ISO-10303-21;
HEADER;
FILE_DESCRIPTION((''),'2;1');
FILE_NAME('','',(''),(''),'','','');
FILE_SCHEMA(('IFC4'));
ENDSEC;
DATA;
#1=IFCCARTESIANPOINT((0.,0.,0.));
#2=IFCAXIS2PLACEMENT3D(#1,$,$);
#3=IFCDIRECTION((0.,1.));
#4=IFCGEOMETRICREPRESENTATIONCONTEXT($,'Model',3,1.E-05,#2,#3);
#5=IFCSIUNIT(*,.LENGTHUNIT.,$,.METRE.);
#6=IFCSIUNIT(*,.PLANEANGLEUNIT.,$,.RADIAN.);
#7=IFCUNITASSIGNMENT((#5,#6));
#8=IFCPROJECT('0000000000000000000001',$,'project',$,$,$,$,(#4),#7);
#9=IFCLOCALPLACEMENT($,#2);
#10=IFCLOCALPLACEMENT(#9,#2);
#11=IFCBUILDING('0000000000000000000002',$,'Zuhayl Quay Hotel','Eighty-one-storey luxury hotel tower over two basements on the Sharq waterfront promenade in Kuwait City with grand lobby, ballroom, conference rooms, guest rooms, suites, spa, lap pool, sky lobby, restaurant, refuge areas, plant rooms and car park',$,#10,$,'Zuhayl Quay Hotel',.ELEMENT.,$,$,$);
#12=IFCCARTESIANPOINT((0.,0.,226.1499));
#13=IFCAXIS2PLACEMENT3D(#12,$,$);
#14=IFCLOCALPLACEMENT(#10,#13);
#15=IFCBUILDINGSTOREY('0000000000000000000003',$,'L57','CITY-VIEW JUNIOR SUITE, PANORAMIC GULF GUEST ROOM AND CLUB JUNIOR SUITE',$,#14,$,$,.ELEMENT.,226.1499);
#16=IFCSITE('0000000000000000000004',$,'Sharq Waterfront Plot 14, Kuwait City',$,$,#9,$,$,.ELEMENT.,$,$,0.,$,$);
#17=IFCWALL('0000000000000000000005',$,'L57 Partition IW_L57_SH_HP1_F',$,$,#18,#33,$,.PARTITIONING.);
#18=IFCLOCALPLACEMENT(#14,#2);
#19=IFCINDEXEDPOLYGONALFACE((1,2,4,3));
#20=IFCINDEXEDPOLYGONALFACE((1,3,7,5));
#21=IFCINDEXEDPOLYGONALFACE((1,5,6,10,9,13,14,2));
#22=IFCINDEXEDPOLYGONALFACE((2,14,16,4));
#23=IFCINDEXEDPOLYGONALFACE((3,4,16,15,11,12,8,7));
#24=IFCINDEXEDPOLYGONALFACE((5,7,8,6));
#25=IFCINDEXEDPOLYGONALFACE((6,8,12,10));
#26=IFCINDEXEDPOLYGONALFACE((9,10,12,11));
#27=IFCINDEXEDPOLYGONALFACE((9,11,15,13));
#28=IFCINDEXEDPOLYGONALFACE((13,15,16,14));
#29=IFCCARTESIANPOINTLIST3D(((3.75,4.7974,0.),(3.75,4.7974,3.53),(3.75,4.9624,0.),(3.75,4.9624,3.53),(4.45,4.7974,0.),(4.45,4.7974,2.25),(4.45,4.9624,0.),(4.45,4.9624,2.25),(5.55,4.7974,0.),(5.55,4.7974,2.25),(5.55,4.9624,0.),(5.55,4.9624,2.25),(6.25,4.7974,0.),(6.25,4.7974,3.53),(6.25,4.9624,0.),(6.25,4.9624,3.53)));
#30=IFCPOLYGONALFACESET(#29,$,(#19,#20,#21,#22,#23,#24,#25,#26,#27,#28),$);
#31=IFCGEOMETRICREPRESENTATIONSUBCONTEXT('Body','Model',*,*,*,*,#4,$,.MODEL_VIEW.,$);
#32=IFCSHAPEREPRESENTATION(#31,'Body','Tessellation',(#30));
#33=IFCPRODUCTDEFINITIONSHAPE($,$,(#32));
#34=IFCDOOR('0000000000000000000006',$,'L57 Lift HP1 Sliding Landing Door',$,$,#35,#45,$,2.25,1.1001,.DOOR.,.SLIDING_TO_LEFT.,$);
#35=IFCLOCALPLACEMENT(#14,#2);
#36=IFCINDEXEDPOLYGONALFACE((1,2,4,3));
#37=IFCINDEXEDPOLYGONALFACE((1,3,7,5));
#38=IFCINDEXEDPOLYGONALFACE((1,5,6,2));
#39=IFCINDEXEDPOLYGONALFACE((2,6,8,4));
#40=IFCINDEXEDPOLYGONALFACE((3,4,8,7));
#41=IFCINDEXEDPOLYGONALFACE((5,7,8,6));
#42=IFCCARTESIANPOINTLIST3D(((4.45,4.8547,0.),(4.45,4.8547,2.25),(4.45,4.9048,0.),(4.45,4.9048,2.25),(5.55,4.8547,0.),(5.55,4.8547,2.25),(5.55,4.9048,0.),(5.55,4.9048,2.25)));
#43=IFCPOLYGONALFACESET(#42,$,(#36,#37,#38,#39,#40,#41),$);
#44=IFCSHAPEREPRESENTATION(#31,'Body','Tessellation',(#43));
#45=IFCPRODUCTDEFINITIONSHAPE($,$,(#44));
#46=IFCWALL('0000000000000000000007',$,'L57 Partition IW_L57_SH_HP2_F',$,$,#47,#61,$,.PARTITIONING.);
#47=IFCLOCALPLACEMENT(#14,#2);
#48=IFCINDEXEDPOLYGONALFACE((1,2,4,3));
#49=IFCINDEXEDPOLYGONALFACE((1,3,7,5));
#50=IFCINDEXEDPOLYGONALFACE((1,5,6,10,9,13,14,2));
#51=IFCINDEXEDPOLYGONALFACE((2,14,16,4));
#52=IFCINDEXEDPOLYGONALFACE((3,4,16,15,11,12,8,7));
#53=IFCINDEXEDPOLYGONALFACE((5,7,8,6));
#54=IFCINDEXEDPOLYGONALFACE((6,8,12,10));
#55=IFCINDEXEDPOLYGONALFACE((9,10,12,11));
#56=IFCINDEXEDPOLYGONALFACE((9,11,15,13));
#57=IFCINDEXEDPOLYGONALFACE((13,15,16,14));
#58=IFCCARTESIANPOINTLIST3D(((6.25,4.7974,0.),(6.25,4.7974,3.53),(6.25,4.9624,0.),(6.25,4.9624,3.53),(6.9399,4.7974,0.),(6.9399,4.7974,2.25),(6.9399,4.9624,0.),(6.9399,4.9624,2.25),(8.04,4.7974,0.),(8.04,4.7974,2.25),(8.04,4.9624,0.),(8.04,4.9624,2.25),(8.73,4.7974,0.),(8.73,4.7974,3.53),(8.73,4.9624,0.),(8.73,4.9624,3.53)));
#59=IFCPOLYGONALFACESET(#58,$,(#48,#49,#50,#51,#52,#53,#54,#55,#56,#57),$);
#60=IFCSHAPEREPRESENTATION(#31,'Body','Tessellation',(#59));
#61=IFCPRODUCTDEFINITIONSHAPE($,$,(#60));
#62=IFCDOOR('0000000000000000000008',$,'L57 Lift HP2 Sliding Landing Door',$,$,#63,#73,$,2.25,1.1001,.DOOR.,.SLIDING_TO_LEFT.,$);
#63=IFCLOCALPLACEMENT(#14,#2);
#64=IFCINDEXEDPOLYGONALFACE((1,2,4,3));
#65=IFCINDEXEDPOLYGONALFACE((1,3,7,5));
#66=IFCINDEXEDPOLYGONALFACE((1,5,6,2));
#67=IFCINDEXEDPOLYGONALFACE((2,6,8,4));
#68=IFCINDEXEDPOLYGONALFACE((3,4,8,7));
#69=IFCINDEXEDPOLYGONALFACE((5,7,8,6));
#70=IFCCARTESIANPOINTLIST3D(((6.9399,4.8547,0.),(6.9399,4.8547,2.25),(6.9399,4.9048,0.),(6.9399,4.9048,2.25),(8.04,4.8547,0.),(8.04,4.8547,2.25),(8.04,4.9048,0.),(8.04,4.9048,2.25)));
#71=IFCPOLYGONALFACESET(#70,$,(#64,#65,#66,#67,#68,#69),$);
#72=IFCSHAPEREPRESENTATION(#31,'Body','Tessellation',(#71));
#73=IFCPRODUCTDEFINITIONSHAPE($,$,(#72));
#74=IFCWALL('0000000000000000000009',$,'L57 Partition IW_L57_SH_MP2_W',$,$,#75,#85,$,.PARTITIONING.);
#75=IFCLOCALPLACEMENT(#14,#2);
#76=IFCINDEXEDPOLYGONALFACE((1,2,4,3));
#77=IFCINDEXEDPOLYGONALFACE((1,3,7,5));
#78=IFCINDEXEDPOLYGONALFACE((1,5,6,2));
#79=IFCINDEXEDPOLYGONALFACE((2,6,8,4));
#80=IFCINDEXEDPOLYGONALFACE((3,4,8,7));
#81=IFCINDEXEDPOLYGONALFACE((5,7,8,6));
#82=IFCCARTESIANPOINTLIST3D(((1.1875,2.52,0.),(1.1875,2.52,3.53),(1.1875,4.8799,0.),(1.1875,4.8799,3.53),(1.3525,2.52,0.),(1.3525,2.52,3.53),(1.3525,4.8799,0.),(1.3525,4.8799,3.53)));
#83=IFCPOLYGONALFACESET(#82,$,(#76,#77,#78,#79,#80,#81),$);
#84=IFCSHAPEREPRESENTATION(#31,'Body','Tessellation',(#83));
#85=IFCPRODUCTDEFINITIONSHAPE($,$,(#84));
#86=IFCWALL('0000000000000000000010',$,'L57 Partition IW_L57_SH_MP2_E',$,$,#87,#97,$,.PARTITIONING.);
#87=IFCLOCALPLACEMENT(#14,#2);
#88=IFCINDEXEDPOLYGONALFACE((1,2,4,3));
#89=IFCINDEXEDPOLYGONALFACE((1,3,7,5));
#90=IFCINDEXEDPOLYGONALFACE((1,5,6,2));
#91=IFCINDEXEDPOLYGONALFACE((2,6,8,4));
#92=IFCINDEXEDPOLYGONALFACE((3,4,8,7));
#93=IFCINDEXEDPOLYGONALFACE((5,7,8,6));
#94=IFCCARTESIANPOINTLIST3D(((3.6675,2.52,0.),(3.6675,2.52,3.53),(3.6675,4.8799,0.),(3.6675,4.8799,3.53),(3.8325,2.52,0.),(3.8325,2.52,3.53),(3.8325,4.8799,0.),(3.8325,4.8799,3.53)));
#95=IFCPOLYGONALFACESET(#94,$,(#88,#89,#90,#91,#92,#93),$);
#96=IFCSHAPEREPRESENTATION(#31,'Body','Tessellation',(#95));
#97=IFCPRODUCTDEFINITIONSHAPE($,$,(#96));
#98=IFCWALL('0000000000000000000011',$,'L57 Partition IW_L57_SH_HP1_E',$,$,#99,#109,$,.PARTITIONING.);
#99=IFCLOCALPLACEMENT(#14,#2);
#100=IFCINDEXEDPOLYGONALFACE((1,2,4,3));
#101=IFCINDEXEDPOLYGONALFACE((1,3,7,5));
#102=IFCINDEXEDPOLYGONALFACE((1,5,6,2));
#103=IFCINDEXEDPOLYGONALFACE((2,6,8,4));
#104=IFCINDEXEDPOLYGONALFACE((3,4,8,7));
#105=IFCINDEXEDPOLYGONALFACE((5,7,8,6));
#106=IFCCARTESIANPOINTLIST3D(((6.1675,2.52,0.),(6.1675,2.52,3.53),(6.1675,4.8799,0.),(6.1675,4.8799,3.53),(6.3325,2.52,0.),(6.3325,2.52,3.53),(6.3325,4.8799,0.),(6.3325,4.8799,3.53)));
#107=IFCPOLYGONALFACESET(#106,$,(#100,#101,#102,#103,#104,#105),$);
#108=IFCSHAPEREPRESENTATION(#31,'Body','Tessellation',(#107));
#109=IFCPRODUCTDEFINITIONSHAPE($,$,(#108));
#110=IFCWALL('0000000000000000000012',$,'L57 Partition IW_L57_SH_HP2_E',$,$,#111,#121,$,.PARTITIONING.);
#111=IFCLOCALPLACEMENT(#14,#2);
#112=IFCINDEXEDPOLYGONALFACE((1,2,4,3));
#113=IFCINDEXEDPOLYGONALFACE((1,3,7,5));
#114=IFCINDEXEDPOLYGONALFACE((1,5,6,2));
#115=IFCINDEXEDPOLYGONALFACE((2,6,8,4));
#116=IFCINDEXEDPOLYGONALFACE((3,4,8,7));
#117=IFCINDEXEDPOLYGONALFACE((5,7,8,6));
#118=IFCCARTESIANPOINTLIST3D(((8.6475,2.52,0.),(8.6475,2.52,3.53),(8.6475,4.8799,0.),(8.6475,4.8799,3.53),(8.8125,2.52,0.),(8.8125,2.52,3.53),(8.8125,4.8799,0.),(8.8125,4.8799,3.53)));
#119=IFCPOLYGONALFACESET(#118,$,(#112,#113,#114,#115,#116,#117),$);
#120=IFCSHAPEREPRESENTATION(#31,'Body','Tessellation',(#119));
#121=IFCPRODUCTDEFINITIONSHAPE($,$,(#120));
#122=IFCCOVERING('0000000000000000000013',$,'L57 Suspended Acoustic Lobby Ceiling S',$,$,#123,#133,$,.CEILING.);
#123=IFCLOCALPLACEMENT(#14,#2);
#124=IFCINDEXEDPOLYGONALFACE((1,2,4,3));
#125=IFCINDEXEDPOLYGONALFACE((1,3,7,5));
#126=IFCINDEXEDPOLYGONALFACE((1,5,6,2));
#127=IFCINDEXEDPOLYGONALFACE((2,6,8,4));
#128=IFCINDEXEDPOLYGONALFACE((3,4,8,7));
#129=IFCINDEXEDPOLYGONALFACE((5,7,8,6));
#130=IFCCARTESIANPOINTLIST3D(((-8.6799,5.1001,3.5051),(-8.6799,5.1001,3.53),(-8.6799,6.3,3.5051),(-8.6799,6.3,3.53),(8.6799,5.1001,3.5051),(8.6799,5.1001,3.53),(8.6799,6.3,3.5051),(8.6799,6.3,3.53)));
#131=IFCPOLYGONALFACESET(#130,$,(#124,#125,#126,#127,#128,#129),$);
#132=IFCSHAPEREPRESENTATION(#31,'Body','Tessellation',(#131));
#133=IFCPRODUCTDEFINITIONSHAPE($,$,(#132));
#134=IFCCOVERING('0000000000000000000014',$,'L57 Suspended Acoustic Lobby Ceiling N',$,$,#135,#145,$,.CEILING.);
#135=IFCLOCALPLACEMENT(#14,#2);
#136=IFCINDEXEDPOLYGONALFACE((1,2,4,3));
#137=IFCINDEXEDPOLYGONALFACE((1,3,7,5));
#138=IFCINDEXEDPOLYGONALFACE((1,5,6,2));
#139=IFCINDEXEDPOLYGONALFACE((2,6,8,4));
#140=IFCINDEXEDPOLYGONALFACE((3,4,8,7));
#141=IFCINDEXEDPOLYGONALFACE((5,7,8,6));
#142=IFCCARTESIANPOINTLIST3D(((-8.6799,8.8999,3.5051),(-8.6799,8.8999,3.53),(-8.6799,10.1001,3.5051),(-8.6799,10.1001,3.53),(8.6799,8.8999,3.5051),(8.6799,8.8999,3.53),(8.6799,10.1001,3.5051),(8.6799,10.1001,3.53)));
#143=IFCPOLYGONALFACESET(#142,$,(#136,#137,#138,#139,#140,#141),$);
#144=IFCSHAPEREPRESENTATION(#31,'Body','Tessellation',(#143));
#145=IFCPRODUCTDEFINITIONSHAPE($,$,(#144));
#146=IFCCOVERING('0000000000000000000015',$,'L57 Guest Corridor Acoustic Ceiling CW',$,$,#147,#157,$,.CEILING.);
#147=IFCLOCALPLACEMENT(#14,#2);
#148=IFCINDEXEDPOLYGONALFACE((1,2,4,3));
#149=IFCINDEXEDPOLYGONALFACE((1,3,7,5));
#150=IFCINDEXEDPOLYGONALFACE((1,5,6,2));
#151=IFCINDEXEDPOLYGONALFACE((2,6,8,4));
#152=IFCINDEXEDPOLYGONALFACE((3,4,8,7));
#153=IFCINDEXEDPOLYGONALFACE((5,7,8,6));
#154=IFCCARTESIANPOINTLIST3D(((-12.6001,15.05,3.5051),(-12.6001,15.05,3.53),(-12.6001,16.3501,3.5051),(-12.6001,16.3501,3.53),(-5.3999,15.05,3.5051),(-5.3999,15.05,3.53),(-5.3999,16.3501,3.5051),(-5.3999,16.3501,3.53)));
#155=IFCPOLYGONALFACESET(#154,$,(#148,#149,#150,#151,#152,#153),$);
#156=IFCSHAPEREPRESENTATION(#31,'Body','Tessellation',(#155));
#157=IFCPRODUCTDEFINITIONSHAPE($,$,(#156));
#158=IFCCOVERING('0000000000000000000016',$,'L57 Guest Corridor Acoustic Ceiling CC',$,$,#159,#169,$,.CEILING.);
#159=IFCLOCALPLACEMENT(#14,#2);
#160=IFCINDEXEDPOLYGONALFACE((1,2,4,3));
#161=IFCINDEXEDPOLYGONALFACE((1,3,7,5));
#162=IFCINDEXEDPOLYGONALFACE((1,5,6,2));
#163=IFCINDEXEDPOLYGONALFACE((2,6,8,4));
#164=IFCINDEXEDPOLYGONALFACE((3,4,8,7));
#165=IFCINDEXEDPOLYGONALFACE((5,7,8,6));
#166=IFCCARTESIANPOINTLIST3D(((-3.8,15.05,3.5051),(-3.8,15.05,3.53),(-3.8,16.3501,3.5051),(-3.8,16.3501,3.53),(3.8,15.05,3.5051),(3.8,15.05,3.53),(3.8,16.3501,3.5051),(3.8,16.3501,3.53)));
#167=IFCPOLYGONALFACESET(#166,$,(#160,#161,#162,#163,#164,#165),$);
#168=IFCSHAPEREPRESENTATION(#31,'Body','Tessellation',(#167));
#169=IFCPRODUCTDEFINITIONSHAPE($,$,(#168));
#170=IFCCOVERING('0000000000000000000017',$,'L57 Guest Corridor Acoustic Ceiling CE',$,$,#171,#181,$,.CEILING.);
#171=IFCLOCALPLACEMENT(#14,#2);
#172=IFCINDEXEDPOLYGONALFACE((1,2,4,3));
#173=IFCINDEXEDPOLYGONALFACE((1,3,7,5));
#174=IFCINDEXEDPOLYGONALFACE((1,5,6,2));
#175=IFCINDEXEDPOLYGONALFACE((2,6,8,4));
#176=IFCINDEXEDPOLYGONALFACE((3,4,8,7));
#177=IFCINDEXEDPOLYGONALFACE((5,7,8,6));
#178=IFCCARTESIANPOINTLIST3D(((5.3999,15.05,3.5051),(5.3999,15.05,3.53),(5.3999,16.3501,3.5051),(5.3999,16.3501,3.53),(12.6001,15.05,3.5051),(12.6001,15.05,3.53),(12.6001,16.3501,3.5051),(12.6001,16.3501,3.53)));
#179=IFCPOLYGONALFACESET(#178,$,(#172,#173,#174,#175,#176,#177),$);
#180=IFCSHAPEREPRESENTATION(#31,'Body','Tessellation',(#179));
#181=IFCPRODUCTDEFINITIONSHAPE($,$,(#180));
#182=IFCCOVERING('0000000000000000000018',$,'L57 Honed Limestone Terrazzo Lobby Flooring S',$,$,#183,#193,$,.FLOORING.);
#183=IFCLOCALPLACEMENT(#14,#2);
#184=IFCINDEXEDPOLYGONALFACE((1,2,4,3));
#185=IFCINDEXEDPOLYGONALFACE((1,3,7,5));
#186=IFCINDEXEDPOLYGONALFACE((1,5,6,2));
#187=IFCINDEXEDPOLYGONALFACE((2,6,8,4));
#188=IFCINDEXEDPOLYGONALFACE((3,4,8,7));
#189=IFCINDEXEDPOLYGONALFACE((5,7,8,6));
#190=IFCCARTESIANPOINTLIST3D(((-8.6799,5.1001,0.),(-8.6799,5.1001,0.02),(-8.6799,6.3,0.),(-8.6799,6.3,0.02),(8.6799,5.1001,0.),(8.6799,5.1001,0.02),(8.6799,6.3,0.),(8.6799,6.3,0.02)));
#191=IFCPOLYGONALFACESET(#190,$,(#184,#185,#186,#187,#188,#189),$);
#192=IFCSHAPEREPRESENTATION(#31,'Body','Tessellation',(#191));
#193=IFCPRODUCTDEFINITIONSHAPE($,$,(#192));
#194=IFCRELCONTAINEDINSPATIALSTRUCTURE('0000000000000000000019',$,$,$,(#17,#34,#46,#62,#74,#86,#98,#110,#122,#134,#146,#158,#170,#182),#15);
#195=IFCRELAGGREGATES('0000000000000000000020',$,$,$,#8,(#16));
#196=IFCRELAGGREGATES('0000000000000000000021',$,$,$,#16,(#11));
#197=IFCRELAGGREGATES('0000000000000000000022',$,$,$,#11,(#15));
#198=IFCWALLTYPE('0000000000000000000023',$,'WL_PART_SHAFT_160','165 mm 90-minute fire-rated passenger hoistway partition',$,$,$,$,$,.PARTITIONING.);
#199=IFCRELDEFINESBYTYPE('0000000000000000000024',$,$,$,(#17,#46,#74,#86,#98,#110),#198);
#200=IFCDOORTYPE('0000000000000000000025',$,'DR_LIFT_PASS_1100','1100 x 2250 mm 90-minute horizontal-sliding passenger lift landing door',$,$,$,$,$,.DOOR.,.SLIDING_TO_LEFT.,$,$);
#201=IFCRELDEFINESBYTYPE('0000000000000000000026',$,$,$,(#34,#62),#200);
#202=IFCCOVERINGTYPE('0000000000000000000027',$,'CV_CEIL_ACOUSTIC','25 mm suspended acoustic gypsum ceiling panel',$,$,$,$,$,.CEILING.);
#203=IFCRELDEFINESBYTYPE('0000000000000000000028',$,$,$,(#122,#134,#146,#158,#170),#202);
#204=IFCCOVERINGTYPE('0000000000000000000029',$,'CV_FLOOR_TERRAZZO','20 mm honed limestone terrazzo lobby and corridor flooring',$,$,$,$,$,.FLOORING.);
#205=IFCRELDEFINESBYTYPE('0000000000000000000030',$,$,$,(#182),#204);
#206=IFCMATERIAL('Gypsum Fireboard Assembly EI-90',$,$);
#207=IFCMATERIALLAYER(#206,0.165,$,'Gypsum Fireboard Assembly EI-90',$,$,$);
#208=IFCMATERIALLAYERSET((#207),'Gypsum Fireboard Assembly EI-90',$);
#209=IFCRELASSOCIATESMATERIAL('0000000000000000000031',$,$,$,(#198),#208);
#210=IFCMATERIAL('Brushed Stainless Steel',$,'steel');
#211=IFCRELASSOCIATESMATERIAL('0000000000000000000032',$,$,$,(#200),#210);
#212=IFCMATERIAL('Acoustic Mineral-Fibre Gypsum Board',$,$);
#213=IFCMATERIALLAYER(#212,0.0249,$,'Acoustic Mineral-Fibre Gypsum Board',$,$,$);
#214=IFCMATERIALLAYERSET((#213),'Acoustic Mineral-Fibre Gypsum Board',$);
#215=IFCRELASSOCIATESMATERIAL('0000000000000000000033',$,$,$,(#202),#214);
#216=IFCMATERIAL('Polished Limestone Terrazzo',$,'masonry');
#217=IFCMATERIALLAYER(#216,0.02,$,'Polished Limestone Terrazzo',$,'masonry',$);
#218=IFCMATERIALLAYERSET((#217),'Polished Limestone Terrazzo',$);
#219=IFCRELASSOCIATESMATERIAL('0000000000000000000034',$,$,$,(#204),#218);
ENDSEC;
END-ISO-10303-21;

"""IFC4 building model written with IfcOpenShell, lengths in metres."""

from ifc_helpers import new_model, si_unit, direction, frame, frame_2d, origin, place, context, subcontext, project, spatial, polyline, rectangle, outline, extrude, material, layer, layer_set, type_object, element, fill, save


model = new_model("IFC4")

# Units and contexts
model_context = context("Model", 3, precision=1e-05, world=origin(), true_north=direction((0.0, 1.0)))
body_context = subcontext(model_context, "Body", "Model", "MODEL_VIEW")
ifc_project = project(units=[si_unit("LENGTHUNIT", "METRE"), si_unit("PLANEANGLEUNIT", "RADIAN")], contexts=[model_context])

# Site, building, storey
site_placement = place(None, origin())
site = spatial("IfcSite", under=ifc_project, at=site_placement, Name="Sharq Waterfront Plot 14, Kuwait City", CompositionType="ELEMENT", RefElevation=0.0)
building_placement = place(site_placement, origin())
building = spatial("IfcBuilding", under=site, at=building_placement, Name="Zuhayl Quay Hotel", Description="Eighty-one-storey luxury hotel tower over two basements on the Sharq waterfront promenade in Kuwait City with grand lobby, ballroom, conference rooms, guest rooms, suites, spa, lap pool, sky lobby, restaurant, refuge areas, plant rooms and car park", LongName="Zuhayl Quay Hotel", CompositionType="ELEMENT")
storey_placement = place(building_placement, frame((0.0, 0.0, 226.1499)))
storey = spatial("IfcBuildingStorey", under=building, at=storey_placement, Name="L57", Description="CITY-VIEW JUNIOR SUITE, PANORAMIC GULF GUEST ROOM AND CLUB JUNIOR SUITE", CompositionType="ELEMENT", Elevation=226.1499)

# Walls, openings, doors
ifc_material_1 = material(Name="Gypsum Fireboard Assembly EI-90")
ifc_layer_1 = layer(ifc_material_1, 0.165, Name="Gypsum Fireboard Assembly EI-90")
ifc_layer_set_1 = layer_set([ifc_layer_1], Name="Gypsum Fireboard Assembly EI-90")
wall_type_1 = type_object("IfcWallType", Name="WL_PART_SHAFT_160", Description="165 mm 90-minute fire-rated passenger hoistway partition", PredefinedType="PARTITIONING", material=ifc_layer_set_1)
ifc_material_2 = material(Name="Brushed Stainless Steel", Category="steel")
door_type_1 = type_object("IfcDoorType", Name="DR_LIFT_PASS_1100", Description="1100 x 2250 mm 90-minute horizontal-sliding passenger lift landing door", OperationType="SLIDING_TO_LEFT", PredefinedType="DOOR", material=ifc_material_2)
wall_1_placement = place(storey_placement, frame((3.75, 4.8799, 0.0), z_axis=(0.0, 0.0, 1.0), x_axis=(1.0, 0.0, 0.0)))
wall_1 = element("IfcWall", 1, at=wall_1_placement, inside=storey, type_object=wall_type_1, Name="L57 Partition IW_L57_SH_HP1_F", PredefinedType="PARTITIONING", context=body_context, shape_type="SweptSolid", body=[
    extrude(rectangle(XDim=2.5, YDim=0.165, at=frame_2d((1.25, 0.0))), origin(), (0.0, 0.0, 1.0), 3.53),
])
opening_1_placement = place(wall_1_placement, frame((0.7, 0.0, 0.0)))
opening_1 = element("IfcOpeningElement", 2, at=opening_1_placement, cuts=wall_1, PredefinedType="OPENING", context=body_context, shape_type="SweptSolid", body=[
    extrude(rectangle(XDim=1.1001, YDim=2.25, at=frame_2d((0.55, 1.125))), frame((0.0, 0.0925, 0.0), z_axis=(0.0, -1.0, 0.0), x_axis=(1.0, 0.0, 0.0)), (0.0, 0.0, 1.0), 0.1851),
])
door_1_placement = place(opening_1_placement, origin())
door_1 = element("IfcDoor", 3, at=door_1_placement, inside=storey, type_object=door_type_1, Name="L57 Lift HP1 Sliding Landing Door", OperationType="SLIDING_TO_LEFT", OverallHeight=2.25, OverallWidth=1.1001, PredefinedType="DOOR", context=body_context, shape_type="SweptSolid", body=[
    extrude(rectangle(XDim=1.1001, YDim=2.25, at=frame_2d((0.55, 1.125))), frame((0.0, 0.0249, 0.0), z_axis=(0.0, -1.0, 0.0), x_axis=(1.0, 0.0, 0.0)), (0.0, 0.0, 1.0), 0.05),
])
fill(opening_1, door_1)
wall_2_placement = place(storey_placement, frame((6.25, 4.8799, 0.0), z_axis=(0.0, 0.0, 1.0), x_axis=(1.0, 0.0, 0.0)))
wall_2 = element("IfcWall", 4, at=wall_2_placement, inside=storey, type_object=wall_type_1, Name="L57 Partition IW_L57_SH_HP2_F", PredefinedType="PARTITIONING", context=body_context, shape_type="SweptSolid", body=[
    extrude(rectangle(XDim=2.48, YDim=0.165, at=frame_2d((1.24, 0.0))), origin(), (0.0, 0.0, 1.0), 3.53),
])
opening_2_placement = place(wall_2_placement, frame((0.6899, 0.0, 0.0)))
opening_2 = element("IfcOpeningElement", 5, at=opening_2_placement, cuts=wall_2, PredefinedType="OPENING", context=body_context, shape_type="SweptSolid", body=[
    extrude(rectangle(XDim=1.1001, YDim=2.25, at=frame_2d((0.55, 1.125))), frame((0.0, 0.0925, 0.0), z_axis=(0.0, -1.0, 0.0), x_axis=(1.0, 0.0, 0.0)), (0.0, 0.0, 1.0), 0.1851),
])
door_2_placement = place(opening_2_placement, origin())
door_2 = element("IfcDoor", 6, at=door_2_placement, inside=storey, type_object=door_type_1, Name="L57 Lift HP2 Sliding Landing Door", OperationType="SLIDING_TO_LEFT", OverallHeight=2.25, OverallWidth=1.1001, PredefinedType="DOOR", context=body_context, shape_type="SweptSolid", body=[
    extrude(rectangle(XDim=1.1001, YDim=2.25, at=frame_2d((0.55, 1.125))), frame((0.0, 0.0249, 0.0), z_axis=(0.0, -1.0, 0.0), x_axis=(1.0, 0.0, 0.0)), (0.0, 0.0, 1.0), 0.05),
])
fill(opening_2, door_2)

# Walls
for number, where, z_axis, x_axis, name in (
    (7, (1.27, 2.52, 0.0), (0.0, 0.0, 1.0), (0.0, 1.0, 0.0), "L57 Partition IW_L57_SH_MP2_W"),
    (8, (3.75, 2.52, 0.0), (0.0, 0.0, 1.0), (0.0, 1.0, 0.0), "L57 Partition IW_L57_SH_MP2_E"),
    (9, (6.25, 2.52, 0.0), (0.0, 0.0, 1.0), (0.0, 1.0, 0.0), "L57 Partition IW_L57_SH_HP1_E"),
    (10, (8.73, 2.52, 0.0), (0.0, 0.0, 1.0), (0.0, 1.0, 0.0), "L57 Partition IW_L57_SH_HP2_E"),
):
    element("IfcWall", number, at=place(storey_placement, frame(where, z_axis=z_axis, x_axis=x_axis)), inside=storey, type_object=wall_type_1, Name=name, PredefinedType="PARTITIONING", context=body_context, shape_type="SweptSolid", body=[
        extrude(rectangle(XDim=2.3599, YDim=0.165, at=frame_2d((1.1799, 0.0))), origin(), (0.0, 0.0, 1.0), 3.53),
    ])

# Coverings
ifc_material_3 = material(Name="Acoustic Mineral-Fibre Gypsum Board")
ifc_layer_2 = layer(ifc_material_3, 0.0249, Name="Acoustic Mineral-Fibre Gypsum Board")
ifc_layer_set_2 = layer_set([ifc_layer_2], Name="Acoustic Mineral-Fibre Gypsum Board")
covering_type_1 = type_object("IfcCoveringType", Name="CV_CEIL_ACOUSTIC", Description="25 mm suspended acoustic gypsum ceiling panel", PredefinedType="CEILING", material=ifc_layer_set_2)
covering_1_placement = place(storey_placement, frame((0.0, 0.0, 3.5051)))
element("IfcCovering", 11, at=covering_1_placement, inside=storey, type_object=covering_type_1, Name="L57 Suspended Acoustic Lobby Ceiling S", PredefinedType="CEILING", context=body_context, shape_type="SweptSolid", body=[
    extrude(outline(polyline([(-8.6799, 5.1001), (8.6799, 5.1001), (8.6799, 6.3), (-8.6799, 6.3), (-8.6799, 5.1001)])), origin(), (0.0, 0.0, 1.0), 0.0249),
])
covering_2_placement = place(storey_placement, frame((0.0, 0.0, 3.5051)))
element("IfcCovering", 12, at=covering_2_placement, inside=storey, type_object=covering_type_1, Name="L57 Suspended Acoustic Lobby Ceiling N", PredefinedType="CEILING", context=body_context, shape_type="SweptSolid", body=[
    extrude(outline(polyline([(-8.6799, 8.8999), (8.6799, 8.8999), (8.6799, 10.1001), (-8.6799, 10.1001), (-8.6799, 8.8999)])), origin(), (0.0, 0.0, 1.0), 0.0249),
])
covering_3_placement = place(storey_placement, frame((0.0, 0.0, 3.5051)))
element("IfcCovering", 13, at=covering_3_placement, inside=storey, type_object=covering_type_1, Name="L57 Guest Corridor Acoustic Ceiling CW", PredefinedType="CEILING", context=body_context, shape_type="SweptSolid", body=[
    extrude(outline(polyline([(-12.6001, 15.05), (-5.3999, 15.05), (-5.3999, 16.3501), (-12.6001, 16.3501), (-12.6001, 15.05)])), origin(), (0.0, 0.0, 1.0), 0.0249),
])
covering_4_placement = place(storey_placement, frame((0.0, 0.0, 3.5051)))
element("IfcCovering", 14, at=covering_4_placement, inside=storey, type_object=covering_type_1, Name="L57 Guest Corridor Acoustic Ceiling CC", PredefinedType="CEILING", context=body_context, shape_type="SweptSolid", body=[
    extrude(outline(polyline([(-3.8, 15.05), (3.8, 15.05), (3.8, 16.3501), (-3.8, 16.3501), (-3.8, 15.05)])), origin(), (0.0, 0.0, 1.0), 0.0249),
])
covering_5_placement = place(storey_placement, frame((0.0, 0.0, 3.5051)))
element("IfcCovering", 15, at=covering_5_placement, inside=storey, type_object=covering_type_1, Name="L57 Guest Corridor Acoustic Ceiling CE", PredefinedType="CEILING", context=body_context, shape_type="SweptSolid", body=[
    extrude(outline(polyline([(5.3999, 15.05), (12.6001, 15.05), (12.6001, 16.3501), (5.3999, 16.3501), (5.3999, 15.05)])), origin(), (0.0, 0.0, 1.0), 0.0249),
])
ifc_material_4 = material(Name="Polished Limestone Terrazzo", Category="masonry")
ifc_layer_3 = layer(ifc_material_4, 0.02, Name="Polished Limestone Terrazzo", Category="masonry")
ifc_layer_set_3 = layer_set([ifc_layer_3], Name="Polished Limestone Terrazzo")
covering_type_2 = type_object("IfcCoveringType", Name="CV_FLOOR_TERRAZZO", Description="20 mm honed limestone terrazzo lobby and corridor flooring", PredefinedType="FLOORING", material=ifc_layer_set_3)
covering_6_placement = place(storey_placement, origin())
element("IfcCovering", 16, at=covering_6_placement, inside=storey, type_object=covering_type_2, Name="L57 Honed Limestone Terrazzo Lobby Flooring S", PredefinedType="FLOORING", context=body_context, shape_type="SweptSolid", body=[
    extrude(outline(polyline([(-8.6799, 5.1001), (8.6799, 5.1001), (8.6799, 6.3), (-8.6799, 6.3), (-8.6799, 5.1001)])), origin(), (0.0, 0.0, 1.0), 0.02),
])

save(model, "model.ifc")
